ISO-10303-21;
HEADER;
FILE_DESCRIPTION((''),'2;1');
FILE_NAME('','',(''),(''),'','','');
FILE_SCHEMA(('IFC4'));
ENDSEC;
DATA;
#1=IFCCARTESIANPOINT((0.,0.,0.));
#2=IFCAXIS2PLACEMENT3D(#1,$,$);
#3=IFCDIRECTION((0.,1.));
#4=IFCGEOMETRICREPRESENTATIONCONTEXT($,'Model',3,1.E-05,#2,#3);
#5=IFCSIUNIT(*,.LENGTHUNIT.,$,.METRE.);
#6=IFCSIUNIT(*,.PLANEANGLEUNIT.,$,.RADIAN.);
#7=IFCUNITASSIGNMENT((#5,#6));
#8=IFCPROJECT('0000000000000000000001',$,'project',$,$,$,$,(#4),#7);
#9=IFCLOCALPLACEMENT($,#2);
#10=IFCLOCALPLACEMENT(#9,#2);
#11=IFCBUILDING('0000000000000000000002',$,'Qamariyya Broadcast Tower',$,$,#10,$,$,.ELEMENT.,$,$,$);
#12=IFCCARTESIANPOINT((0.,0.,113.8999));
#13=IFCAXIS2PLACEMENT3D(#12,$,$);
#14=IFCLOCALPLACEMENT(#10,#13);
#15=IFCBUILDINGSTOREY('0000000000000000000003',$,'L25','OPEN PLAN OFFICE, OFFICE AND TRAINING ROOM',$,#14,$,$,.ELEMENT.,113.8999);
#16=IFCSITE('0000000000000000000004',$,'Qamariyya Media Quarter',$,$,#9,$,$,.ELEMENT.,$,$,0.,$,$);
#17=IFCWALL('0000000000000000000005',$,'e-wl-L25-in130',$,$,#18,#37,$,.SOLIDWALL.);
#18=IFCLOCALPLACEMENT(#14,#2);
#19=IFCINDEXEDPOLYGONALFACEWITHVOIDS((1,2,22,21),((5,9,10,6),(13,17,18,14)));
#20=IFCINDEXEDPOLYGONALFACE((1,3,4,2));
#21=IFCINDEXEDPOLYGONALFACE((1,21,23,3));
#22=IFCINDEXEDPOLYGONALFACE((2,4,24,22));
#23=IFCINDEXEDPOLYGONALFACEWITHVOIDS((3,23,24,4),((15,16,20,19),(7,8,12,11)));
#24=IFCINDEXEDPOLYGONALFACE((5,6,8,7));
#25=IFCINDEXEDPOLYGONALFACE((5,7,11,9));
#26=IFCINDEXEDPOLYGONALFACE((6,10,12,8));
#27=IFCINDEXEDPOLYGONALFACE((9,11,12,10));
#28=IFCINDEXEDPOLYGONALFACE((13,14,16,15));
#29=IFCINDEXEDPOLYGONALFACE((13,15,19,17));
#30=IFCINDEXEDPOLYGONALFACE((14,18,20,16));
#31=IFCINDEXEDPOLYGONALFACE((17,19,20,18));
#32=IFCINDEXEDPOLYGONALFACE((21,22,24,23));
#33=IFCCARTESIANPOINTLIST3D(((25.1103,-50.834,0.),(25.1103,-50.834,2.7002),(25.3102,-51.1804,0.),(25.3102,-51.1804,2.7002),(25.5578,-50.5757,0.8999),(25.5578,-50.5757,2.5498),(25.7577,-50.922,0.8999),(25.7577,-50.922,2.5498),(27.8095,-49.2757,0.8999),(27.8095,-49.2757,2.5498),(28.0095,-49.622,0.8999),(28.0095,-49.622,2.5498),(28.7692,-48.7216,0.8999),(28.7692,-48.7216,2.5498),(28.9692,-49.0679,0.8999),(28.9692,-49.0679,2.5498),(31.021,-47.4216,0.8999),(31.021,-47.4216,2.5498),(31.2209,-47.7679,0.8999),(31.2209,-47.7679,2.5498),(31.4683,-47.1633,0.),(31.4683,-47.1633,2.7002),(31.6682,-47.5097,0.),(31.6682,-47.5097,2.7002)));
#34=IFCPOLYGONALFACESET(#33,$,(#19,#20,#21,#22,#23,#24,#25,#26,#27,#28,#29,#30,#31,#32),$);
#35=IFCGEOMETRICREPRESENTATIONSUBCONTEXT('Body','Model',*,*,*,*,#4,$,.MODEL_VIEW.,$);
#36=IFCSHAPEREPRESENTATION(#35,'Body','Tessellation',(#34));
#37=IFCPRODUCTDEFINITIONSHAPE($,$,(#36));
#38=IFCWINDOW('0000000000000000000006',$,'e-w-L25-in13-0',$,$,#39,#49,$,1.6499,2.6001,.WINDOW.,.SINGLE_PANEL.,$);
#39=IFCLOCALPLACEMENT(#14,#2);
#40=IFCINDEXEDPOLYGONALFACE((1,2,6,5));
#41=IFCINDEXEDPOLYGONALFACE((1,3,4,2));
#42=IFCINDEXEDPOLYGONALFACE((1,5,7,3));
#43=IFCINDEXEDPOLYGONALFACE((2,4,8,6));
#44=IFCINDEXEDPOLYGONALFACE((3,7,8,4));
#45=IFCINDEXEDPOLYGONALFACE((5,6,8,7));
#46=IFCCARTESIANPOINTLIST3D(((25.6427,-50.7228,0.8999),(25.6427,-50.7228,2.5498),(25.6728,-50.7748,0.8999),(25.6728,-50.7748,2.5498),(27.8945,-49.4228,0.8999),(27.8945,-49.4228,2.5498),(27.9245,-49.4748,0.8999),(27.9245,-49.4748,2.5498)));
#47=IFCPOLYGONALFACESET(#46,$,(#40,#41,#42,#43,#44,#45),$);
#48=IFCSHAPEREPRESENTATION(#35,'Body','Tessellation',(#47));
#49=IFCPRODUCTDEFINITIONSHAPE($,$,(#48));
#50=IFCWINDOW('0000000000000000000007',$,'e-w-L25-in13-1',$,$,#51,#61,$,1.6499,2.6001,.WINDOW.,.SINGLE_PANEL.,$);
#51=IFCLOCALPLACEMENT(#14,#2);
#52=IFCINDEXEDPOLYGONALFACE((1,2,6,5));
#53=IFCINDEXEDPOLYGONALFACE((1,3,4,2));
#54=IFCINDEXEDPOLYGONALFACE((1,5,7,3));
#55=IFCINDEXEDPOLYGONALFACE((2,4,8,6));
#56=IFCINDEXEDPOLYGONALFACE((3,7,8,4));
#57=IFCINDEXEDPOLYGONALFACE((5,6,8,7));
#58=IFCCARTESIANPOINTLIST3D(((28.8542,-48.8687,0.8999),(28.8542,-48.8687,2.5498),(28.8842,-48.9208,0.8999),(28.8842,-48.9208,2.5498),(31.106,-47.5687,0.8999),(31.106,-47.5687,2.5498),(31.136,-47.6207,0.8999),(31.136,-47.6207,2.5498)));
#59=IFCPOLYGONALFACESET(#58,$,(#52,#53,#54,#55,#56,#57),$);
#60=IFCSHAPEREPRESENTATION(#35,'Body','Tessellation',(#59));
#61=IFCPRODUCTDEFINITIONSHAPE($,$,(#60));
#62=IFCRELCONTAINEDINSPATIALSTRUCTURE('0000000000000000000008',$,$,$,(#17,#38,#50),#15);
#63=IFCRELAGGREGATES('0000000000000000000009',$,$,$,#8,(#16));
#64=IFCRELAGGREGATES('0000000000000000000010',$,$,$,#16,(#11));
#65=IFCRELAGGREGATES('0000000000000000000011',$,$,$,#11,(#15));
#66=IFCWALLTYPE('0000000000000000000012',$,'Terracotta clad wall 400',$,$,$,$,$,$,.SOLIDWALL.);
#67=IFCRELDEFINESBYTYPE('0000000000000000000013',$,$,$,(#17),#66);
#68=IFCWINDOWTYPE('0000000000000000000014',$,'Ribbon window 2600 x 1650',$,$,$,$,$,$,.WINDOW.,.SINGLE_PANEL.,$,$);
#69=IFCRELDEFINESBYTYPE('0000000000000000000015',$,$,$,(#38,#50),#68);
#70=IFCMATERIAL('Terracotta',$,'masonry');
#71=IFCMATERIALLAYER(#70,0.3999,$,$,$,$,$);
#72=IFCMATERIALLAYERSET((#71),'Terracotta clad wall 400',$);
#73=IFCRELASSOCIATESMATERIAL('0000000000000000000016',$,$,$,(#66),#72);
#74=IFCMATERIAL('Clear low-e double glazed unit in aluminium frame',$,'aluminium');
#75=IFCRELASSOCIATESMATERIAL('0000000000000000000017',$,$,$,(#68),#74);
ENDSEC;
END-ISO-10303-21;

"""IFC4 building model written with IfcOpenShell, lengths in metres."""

from ifc_helpers import new_model, si_unit, direction, frame, frame_2d, origin, place, context, subcontext, project, spatial, rectangle, extrude, material, layer, layer_set, type_object, element, fill, save


model = new_model("IFC4")

# Units and contexts
model_context = context("Model", 3, precision=1e-05, world=origin(), true_north=direction((0.0, 1.0)))
body_context = subcontext(model_context, "Body", "Model", "MODEL_VIEW")
ifc_project = project(units=[si_unit("LENGTHUNIT", "METRE"), si_unit("PLANEANGLEUNIT", "RADIAN")], contexts=[model_context])

# Site, building, storey
site_placement = place(None, origin())
site = spatial("IfcSite", under=ifc_project, at=site_placement, Name="Qamariyya Media Quarter", CompositionType="ELEMENT", RefElevation=0.0)
building_placement = place(site_placement, origin())
building = spatial("IfcBuilding", under=site, at=building_placement, Name="Qamariyya Broadcast Tower", CompositionType="ELEMENT")
storey_placement = place(building_placement, frame((0.0, 0.0, 113.8999)))
storey = spatial("IfcBuildingStorey", under=building, at=storey_placement, Name="L25", Description="OPEN PLAN OFFICE, OFFICE AND TRAINING ROOM", CompositionType="ELEMENT", Elevation=113.8999)

# Wall, openings, windows
ifc_material_1 = material(Name="Terracotta", Category="masonry")
ifc_layer_1 = layer(ifc_material_1, 0.3999)
ifc_layer_set_1 = layer_set([ifc_layer_1], Name="Terracotta clad wall 400")
wall_type_1 = type_object("IfcWallType", Name="Terracotta clad wall 400", PredefinedType="SOLIDWALL", material=ifc_layer_set_1)
ifc_material_2 = material(Name="Clear low-e double glazed unit in aluminium frame", Category="aluminium")
window_type = type_object("IfcWindowType", Name="Ribbon window 2600 x 1650", PartitioningType="SINGLE_PANEL", PredefinedType="WINDOW", material=ifc_material_2)
wall_1_placement = place(storey_placement, frame((31.5684, -47.3364, 0.0), z_axis=(0.0, 0.0, 1.0), x_axis=(-0.866031, -0.499991, 0.0)))
wall_1 = element("IfcWall", 1, at=wall_1_placement, inside=storey, type_object=wall_type_1, Name="e-wl-L25-in130", PredefinedType="SOLIDWALL", context=body_context, shape_type="SweptSolid", body=[
    extrude(rectangle(XDim=7.3416, YDim=0.3999, at=frame_2d((3.6709, 0.0))), origin(), (0.0, 0.0, 1.0), 2.7002),
])
opening_1_placement = place(wall_1_placement, frame((4.2249, 0.0, 0.8999)))
opening_1 = element("IfcOpeningElement", 2, at=opening_1_placement, cuts=wall_1, PredefinedType="OPENING", context=body_context, shape_type="SweptSolid", body=[
    extrude(rectangle(XDim=2.6001, YDim=1.6499, at=frame_2d((1.3, 0.825))), frame((0.0, 0.21, 0.0), z_axis=(0.0, -1.0, 0.0), x_axis=(1.0, 0.0, 0.0)), (0.0, 0.0, 1.0), 0.4199),
])
opening_2_placement = place(wall_1_placement, frame((0.5166, 0.0, 0.8999)))
opening_2 = element("IfcOpeningElement", 3, at=opening_2_placement, cuts=wall_1, PredefinedType="OPENING", context=body_context, shape_type="SweptSolid", body=[
    extrude(rectangle(XDim=2.6001, YDim=1.6499, at=frame_2d((1.3, 0.825))), frame((0.0, 0.21, 0.0), z_axis=(0.0, -1.0, 0.0), x_axis=(1.0, 0.0, 0.0)), (0.0, 0.0, 1.0), 0.4199),
])
window_1_placement = place(opening_1_placement, origin())
window_1 = element("IfcWindow", 4, at=window_1_placement, inside=storey, type_object=window_type, Name="e-w-L25-in13-0", OverallHeight=1.6499, OverallWidth=2.6001, PartitioningType="SINGLE_PANEL", PredefinedType="WINDOW", context=body_context, shape_type="SweptSolid", body=[
    extrude(rectangle(XDim=2.6001, YDim=1.6499, at=frame_2d((1.3, 0.825))), frame((0.0, 0.03, 0.0), z_axis=(0.0, -1.0, 0.0), x_axis=(1.0, 0.0, 0.0)), (0.0, 0.0, 1.0), 0.0601),
])
fill(opening_1, window_1)
window_2_placement = place(opening_2_placement, origin())
window_2 = element("IfcWindow", 5, at=window_2_placement, inside=storey, type_object=window_type, Name="e-w-L25-in13-1", OverallHeight=1.6499, OverallWidth=2.6001, PartitioningType="SINGLE_PANEL", PredefinedType="WINDOW", context=body_context, shape_type="SweptSolid", body=[
    extrude(rectangle(XDim=2.6001, YDim=1.6499, at=frame_2d((1.3, 0.825))), frame((0.0, 0.03, 0.0), z_axis=(0.0, -1.0, 0.0), x_axis=(1.0, 0.0, 0.0)), (0.0, 0.0, 1.0), 0.0601),
])
fill(opening_2, window_2)

save(model, "model.ifc")
